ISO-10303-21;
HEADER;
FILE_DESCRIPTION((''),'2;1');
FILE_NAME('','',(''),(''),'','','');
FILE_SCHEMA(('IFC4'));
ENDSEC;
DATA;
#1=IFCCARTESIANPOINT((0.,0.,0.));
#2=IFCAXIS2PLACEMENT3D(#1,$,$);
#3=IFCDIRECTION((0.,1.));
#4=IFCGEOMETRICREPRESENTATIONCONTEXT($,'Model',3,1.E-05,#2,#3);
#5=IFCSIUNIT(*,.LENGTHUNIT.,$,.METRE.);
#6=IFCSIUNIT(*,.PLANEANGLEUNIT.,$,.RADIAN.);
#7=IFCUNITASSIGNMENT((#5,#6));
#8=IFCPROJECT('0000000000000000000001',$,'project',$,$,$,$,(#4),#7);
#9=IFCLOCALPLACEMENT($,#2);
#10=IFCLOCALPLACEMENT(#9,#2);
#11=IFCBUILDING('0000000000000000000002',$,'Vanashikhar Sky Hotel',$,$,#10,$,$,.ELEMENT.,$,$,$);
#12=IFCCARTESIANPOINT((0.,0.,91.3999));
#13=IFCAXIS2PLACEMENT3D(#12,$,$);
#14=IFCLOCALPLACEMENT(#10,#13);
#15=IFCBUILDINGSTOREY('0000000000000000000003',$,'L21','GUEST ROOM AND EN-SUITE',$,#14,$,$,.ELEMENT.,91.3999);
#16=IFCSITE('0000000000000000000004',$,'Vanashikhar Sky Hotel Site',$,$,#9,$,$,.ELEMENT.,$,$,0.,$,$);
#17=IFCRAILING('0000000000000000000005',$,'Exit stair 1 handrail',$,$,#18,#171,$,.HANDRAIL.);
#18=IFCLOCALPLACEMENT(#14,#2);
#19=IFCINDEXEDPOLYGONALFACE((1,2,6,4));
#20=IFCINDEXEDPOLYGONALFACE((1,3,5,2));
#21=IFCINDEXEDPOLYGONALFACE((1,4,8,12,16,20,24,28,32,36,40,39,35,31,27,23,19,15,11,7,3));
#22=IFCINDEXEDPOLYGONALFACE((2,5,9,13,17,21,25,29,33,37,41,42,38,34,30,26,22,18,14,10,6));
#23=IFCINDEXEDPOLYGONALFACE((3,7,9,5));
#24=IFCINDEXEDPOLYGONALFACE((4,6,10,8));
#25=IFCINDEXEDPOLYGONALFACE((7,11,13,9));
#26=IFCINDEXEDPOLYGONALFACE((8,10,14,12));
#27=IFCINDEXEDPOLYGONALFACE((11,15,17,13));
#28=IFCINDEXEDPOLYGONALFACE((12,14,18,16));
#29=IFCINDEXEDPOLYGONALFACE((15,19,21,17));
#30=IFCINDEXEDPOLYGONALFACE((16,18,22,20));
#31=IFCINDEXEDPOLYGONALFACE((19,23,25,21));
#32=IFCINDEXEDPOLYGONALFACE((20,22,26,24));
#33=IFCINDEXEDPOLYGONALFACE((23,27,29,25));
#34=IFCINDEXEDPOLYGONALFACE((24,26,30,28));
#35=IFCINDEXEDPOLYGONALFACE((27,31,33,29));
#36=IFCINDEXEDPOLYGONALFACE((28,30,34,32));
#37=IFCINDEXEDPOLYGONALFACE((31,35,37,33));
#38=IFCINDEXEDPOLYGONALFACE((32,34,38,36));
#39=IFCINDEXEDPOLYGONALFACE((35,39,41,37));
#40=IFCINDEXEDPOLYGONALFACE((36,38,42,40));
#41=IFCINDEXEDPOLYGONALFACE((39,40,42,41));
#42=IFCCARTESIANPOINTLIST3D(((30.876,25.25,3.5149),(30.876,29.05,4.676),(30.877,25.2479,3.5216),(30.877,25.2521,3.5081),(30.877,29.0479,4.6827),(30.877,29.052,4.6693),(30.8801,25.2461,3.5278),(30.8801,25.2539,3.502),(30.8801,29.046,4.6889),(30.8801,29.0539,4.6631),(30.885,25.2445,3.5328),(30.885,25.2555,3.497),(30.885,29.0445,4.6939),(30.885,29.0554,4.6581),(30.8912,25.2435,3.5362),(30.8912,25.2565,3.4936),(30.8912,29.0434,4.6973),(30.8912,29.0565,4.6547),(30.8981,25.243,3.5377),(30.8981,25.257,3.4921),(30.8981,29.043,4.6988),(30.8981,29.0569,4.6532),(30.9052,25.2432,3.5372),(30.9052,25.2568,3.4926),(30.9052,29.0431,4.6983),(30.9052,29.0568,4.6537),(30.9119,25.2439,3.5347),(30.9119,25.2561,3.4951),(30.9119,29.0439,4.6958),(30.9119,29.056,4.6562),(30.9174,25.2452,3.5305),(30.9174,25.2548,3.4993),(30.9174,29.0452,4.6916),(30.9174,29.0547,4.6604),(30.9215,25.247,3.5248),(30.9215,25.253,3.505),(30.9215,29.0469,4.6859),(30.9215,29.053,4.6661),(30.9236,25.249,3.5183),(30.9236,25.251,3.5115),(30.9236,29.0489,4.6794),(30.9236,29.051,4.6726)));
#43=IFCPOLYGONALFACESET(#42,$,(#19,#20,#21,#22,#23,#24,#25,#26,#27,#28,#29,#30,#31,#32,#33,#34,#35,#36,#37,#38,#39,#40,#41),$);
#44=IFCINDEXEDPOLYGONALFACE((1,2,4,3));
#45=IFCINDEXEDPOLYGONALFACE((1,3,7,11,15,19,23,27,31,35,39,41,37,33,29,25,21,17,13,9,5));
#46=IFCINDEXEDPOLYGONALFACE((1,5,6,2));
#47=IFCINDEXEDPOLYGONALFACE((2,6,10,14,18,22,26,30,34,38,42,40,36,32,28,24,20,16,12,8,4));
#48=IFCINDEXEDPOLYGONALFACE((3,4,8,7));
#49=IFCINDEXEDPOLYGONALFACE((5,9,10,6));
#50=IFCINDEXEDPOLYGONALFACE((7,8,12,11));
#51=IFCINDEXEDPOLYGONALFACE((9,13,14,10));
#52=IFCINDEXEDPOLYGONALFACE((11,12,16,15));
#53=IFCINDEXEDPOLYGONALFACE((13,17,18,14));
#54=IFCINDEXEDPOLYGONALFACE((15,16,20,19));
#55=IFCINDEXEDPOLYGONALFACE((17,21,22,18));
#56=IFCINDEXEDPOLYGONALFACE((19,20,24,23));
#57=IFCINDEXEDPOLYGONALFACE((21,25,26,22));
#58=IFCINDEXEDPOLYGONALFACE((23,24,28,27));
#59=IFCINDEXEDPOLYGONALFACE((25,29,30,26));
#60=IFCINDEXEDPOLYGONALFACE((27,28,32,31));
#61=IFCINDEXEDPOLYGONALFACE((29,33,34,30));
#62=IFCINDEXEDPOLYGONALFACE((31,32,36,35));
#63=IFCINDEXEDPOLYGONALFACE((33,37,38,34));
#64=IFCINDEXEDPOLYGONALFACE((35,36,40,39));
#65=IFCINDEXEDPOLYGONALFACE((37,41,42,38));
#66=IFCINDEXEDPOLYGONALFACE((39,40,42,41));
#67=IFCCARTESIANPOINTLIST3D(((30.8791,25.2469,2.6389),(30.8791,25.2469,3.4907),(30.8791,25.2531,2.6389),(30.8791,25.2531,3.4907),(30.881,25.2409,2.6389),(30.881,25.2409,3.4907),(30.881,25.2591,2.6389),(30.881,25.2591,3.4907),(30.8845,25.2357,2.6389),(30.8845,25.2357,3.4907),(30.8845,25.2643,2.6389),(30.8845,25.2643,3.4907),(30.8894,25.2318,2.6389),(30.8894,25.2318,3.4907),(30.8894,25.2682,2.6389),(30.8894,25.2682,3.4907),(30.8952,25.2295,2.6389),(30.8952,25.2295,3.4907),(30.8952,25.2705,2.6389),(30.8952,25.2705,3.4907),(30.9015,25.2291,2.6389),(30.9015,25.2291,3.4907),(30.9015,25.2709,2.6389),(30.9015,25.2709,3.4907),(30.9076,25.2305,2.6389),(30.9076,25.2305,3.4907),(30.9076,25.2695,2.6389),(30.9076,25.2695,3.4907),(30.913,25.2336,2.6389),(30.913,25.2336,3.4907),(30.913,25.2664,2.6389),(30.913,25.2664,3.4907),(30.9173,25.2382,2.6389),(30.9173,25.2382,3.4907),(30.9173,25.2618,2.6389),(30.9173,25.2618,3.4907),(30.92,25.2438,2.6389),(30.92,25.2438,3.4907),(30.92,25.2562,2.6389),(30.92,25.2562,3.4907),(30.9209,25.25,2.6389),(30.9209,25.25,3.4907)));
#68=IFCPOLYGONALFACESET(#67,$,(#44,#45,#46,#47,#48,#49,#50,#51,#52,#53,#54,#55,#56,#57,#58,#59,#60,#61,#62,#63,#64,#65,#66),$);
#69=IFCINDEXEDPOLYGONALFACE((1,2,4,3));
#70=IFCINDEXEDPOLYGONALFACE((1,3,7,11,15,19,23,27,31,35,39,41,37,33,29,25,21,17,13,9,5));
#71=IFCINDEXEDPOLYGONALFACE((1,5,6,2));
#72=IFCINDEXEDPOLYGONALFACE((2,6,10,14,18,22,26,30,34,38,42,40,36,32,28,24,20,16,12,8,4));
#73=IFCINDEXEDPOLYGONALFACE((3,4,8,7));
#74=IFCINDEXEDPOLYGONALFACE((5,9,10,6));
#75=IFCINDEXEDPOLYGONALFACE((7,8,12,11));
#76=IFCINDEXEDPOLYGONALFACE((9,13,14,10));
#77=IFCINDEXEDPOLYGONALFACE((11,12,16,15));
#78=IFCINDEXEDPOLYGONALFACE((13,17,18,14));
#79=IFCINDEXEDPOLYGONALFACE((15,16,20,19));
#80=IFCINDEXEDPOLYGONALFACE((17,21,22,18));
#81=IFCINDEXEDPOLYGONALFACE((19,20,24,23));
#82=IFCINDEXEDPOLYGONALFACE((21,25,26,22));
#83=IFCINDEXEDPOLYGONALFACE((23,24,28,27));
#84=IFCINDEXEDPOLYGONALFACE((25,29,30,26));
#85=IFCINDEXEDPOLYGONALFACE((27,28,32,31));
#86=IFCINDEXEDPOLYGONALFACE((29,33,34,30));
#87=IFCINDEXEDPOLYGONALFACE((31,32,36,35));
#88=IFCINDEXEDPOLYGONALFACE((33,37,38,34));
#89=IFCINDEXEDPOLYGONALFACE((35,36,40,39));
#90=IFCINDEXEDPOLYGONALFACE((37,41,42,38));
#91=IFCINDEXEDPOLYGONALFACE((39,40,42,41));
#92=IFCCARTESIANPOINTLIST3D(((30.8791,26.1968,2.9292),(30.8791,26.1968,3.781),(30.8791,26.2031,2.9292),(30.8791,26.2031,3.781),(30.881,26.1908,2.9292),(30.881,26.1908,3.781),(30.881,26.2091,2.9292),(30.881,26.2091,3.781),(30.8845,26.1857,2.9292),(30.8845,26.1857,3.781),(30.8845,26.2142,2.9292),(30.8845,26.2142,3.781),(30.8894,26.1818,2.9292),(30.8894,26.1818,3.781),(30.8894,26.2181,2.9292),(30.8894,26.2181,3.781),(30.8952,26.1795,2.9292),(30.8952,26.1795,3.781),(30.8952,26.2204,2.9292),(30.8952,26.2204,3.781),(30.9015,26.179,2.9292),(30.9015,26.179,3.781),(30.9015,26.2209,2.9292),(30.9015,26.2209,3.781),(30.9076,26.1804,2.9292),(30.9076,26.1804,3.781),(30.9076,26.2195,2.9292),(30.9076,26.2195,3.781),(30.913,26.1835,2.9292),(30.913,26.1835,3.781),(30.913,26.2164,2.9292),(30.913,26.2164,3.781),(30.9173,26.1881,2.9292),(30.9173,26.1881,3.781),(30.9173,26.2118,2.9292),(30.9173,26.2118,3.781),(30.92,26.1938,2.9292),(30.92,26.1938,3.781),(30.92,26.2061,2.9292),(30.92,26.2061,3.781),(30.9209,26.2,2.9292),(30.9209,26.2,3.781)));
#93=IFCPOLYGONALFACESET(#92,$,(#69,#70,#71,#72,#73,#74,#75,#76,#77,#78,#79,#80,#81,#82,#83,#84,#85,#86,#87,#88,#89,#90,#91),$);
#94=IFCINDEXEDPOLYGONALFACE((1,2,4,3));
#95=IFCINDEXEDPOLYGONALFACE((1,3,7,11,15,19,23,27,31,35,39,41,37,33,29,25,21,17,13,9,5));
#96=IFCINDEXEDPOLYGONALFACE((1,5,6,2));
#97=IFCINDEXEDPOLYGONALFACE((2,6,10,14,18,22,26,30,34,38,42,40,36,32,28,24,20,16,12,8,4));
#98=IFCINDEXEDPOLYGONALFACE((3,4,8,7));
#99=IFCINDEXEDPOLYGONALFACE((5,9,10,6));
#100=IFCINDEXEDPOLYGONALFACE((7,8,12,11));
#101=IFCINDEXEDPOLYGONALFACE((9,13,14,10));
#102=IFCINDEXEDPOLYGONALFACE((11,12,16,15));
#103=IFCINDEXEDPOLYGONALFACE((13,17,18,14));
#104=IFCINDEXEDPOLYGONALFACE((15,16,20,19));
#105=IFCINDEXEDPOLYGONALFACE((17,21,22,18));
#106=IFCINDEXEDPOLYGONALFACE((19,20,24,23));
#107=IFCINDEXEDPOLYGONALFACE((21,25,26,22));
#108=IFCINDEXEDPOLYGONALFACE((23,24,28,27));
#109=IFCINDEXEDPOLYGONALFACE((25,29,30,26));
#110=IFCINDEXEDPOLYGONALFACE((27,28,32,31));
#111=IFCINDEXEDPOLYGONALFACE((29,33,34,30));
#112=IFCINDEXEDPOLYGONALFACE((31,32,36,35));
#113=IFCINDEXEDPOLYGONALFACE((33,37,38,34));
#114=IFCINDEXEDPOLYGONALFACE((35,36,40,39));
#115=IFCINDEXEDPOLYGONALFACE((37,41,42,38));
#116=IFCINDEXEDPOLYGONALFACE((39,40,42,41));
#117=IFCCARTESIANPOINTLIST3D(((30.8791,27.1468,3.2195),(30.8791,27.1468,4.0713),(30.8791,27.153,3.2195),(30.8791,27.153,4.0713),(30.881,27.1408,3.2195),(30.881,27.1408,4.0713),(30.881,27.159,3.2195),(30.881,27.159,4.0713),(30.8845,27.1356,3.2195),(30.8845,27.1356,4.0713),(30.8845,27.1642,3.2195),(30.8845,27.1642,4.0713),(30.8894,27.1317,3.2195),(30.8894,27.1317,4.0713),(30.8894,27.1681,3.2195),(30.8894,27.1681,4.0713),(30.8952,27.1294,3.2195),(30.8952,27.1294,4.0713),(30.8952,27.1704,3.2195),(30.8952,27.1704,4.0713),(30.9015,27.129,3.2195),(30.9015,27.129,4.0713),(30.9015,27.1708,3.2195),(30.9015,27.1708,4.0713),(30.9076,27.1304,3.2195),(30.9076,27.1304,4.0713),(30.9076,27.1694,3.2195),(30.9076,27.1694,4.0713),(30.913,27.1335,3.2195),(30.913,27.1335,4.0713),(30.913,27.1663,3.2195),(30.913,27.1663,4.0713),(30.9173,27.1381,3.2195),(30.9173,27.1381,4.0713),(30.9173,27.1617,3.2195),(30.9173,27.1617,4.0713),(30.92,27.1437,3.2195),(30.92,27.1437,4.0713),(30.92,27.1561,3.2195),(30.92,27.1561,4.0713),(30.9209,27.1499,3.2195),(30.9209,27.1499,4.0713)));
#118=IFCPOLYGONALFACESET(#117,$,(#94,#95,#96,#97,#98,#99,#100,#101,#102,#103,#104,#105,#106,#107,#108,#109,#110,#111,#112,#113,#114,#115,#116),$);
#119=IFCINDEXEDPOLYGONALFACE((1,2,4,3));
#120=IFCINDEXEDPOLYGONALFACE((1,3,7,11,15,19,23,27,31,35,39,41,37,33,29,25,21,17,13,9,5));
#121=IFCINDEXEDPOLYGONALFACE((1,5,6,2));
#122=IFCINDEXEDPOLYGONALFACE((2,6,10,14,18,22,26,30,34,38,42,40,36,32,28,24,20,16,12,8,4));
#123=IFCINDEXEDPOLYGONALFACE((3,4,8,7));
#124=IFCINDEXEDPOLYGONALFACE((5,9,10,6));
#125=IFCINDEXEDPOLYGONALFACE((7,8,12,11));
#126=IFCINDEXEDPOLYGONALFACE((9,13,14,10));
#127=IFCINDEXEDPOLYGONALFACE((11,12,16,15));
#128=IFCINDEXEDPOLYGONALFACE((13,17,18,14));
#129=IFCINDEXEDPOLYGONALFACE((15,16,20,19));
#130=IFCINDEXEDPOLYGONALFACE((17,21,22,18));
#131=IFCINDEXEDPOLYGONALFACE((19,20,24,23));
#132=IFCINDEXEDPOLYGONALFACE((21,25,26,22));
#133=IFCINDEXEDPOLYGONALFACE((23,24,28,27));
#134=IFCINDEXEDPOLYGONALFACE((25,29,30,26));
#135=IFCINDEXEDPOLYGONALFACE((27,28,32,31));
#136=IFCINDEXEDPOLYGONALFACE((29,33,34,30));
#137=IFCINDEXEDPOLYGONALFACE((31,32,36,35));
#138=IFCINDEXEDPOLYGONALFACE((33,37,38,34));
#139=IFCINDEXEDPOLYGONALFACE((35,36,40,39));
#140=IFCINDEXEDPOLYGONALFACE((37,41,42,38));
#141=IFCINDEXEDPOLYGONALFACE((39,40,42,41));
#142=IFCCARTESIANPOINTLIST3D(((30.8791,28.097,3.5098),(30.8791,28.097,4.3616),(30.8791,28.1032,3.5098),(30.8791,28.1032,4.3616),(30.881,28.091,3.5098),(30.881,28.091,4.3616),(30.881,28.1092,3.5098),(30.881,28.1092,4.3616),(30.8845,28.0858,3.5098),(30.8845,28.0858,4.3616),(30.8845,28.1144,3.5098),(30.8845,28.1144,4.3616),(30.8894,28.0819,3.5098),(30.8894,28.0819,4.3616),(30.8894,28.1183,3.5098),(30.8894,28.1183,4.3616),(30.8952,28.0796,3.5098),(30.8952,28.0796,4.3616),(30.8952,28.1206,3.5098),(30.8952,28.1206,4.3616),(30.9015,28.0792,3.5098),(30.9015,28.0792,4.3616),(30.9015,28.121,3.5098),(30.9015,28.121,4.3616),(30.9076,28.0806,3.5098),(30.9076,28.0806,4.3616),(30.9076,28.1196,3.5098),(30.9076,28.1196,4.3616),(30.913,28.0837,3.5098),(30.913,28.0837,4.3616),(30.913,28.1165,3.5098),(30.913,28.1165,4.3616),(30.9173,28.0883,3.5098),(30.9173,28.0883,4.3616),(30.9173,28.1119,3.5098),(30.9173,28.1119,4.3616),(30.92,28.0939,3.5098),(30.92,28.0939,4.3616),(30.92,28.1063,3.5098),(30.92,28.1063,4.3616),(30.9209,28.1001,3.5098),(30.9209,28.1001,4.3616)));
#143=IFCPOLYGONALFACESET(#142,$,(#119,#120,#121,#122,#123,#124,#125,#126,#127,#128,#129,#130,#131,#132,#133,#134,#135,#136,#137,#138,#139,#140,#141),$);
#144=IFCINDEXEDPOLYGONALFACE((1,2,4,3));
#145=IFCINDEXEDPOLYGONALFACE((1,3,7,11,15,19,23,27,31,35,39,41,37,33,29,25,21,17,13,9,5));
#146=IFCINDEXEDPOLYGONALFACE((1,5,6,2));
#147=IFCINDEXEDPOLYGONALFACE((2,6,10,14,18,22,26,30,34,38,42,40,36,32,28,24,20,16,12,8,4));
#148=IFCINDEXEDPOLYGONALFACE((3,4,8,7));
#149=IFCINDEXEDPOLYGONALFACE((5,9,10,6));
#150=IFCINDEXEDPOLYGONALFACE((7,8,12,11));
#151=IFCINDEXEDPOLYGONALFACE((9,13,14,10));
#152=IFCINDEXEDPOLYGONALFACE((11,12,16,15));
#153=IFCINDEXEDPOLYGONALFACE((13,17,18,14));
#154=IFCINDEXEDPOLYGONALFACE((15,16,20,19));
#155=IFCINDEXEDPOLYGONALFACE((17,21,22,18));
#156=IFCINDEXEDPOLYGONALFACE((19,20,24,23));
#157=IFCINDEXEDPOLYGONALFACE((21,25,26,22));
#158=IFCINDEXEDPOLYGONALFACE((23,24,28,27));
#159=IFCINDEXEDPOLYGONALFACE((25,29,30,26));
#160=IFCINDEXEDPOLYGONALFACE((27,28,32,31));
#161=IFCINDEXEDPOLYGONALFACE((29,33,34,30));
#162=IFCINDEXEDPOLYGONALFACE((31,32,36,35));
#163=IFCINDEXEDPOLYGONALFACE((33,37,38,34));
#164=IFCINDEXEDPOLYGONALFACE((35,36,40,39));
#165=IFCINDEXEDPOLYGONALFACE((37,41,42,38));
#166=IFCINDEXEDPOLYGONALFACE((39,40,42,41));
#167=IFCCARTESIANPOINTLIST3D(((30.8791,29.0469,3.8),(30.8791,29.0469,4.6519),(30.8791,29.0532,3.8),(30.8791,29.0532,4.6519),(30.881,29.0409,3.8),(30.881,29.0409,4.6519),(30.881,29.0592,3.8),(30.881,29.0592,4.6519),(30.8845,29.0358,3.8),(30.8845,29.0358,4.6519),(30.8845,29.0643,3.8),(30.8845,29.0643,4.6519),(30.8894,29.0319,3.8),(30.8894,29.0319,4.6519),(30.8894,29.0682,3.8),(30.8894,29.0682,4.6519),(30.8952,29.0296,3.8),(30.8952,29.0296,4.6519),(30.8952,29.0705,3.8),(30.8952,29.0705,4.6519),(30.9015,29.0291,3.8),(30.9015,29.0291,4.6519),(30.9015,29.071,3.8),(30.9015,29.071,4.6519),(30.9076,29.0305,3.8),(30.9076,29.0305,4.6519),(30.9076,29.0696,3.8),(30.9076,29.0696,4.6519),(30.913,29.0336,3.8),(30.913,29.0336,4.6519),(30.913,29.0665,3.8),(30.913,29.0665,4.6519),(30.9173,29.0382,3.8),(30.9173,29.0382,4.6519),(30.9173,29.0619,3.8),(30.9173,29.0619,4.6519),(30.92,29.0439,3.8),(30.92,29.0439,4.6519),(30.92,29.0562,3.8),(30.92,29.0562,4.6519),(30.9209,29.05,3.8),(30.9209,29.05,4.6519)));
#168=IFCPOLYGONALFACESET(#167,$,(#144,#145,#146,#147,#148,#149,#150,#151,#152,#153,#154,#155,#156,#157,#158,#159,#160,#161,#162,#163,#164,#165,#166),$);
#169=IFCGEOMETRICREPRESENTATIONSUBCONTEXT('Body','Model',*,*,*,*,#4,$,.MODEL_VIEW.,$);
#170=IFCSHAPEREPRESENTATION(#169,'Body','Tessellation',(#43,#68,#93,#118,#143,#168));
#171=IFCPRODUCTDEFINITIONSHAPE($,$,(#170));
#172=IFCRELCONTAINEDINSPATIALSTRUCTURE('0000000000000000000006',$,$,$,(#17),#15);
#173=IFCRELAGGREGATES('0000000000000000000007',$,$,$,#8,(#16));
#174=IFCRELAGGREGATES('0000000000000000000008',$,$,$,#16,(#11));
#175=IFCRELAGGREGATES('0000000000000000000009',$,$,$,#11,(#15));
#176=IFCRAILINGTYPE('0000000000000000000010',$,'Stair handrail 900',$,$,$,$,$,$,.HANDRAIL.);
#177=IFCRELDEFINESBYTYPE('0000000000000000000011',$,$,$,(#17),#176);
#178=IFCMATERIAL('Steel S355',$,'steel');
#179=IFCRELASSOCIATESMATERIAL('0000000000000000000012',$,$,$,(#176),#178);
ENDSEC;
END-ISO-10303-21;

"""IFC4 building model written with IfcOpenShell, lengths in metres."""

from ifc_helpers import new_model, si_unit, direction, frame, origin, origin_2d, place, context, subcontext, project, spatial, circle, extrude, source, transform, mapped, material, type_object, element, save


model = new_model("IFC4")

# Units and contexts
model_context = context("Model", 3, precision=1e-05, world=origin(), true_north=direction((0.0, 1.0)))
body_context = subcontext(model_context, "Body", "Model", "MODEL_VIEW")
ifc_project = project(units=[si_unit("LENGTHUNIT", "METRE"), si_unit("PLANEANGLEUNIT", "RADIAN")], contexts=[model_context])

# Site, building, storey
site_placement = place(None, origin())
site = spatial("IfcSite", under=ifc_project, at=site_placement, Name="Vanashikhar Sky Hotel Site", CompositionType="ELEMENT", RefElevation=0.0)
building_placement = place(site_placement, origin())
building = spatial("IfcBuilding", under=site, at=building_placement, Name="Vanashikhar Sky Hotel", CompositionType="ELEMENT")
storey_placement = place(building_placement, frame((0.0, 0.0, 91.3999)))
storey = spatial("IfcBuildingStorey", under=building, at=storey_placement, Name="L21", Description="GUEST ROOM AND EN-SUITE", CompositionType="ELEMENT", Elevation=91.3999)

# Railing
ifc_material_1 = material(Name="Steel S355", Category="steel")
railing_type = type_object("IfcRailingType", Name="Stair handrail 900", PredefinedType="HANDRAIL", material=ifc_material_1)
shared_shape_1 = source(origin(), body_context, "Body", "SweptSolid", [
    extrude(circle(Radius=0.0239, at=origin_2d()), frame((0.0, 0.0, 0.876), z_axis=(0.0, 0.956351, 0.29222), x_axis=(-1.0, 0.0, 0.0)), (0.0, 0.0, 1.0), 3.9734),
    extrude(circle(Radius=0.021, at=origin_2d()), origin(), (0.0, 0.0, 1.0), 0.8518),
    extrude(circle(Radius=0.021, at=origin_2d()), frame((0.0, 0.95, 0.2903)), (0.0, 0.0, 1.0), 0.8518),
    extrude(circle(Radius=0.021, at=origin_2d()), frame((0.0, 1.8999, 0.5806)), (0.0, 0.0, 1.0), 0.8518),
    extrude(circle(Radius=0.021, at=origin_2d()), frame((0.0, 2.8501, 0.8708)), (0.0, 0.0, 1.0), 0.8518),
    extrude(circle(Radius=0.021, at=origin_2d()), frame((0.0, 3.8, 1.1611)), (0.0, 0.0, 1.0), 0.8518),
])
for number, where, name in (
    (1, (30.8999, 25.25, 2.6389), "Exit stair 1 handrail"),
):
    element("IfcRailing", number, at=place(storey_placement, frame(where)), inside=storey, type_object=railing_type, Name=name, PredefinedType="HANDRAIL", context=body_context, shape_type="MappedRepresentation", body=[
        mapped(shared_shape_1, transform((0.0, 0.0, 0.0), scale=1.0)),
    ])

save(model, "model.ifc")
